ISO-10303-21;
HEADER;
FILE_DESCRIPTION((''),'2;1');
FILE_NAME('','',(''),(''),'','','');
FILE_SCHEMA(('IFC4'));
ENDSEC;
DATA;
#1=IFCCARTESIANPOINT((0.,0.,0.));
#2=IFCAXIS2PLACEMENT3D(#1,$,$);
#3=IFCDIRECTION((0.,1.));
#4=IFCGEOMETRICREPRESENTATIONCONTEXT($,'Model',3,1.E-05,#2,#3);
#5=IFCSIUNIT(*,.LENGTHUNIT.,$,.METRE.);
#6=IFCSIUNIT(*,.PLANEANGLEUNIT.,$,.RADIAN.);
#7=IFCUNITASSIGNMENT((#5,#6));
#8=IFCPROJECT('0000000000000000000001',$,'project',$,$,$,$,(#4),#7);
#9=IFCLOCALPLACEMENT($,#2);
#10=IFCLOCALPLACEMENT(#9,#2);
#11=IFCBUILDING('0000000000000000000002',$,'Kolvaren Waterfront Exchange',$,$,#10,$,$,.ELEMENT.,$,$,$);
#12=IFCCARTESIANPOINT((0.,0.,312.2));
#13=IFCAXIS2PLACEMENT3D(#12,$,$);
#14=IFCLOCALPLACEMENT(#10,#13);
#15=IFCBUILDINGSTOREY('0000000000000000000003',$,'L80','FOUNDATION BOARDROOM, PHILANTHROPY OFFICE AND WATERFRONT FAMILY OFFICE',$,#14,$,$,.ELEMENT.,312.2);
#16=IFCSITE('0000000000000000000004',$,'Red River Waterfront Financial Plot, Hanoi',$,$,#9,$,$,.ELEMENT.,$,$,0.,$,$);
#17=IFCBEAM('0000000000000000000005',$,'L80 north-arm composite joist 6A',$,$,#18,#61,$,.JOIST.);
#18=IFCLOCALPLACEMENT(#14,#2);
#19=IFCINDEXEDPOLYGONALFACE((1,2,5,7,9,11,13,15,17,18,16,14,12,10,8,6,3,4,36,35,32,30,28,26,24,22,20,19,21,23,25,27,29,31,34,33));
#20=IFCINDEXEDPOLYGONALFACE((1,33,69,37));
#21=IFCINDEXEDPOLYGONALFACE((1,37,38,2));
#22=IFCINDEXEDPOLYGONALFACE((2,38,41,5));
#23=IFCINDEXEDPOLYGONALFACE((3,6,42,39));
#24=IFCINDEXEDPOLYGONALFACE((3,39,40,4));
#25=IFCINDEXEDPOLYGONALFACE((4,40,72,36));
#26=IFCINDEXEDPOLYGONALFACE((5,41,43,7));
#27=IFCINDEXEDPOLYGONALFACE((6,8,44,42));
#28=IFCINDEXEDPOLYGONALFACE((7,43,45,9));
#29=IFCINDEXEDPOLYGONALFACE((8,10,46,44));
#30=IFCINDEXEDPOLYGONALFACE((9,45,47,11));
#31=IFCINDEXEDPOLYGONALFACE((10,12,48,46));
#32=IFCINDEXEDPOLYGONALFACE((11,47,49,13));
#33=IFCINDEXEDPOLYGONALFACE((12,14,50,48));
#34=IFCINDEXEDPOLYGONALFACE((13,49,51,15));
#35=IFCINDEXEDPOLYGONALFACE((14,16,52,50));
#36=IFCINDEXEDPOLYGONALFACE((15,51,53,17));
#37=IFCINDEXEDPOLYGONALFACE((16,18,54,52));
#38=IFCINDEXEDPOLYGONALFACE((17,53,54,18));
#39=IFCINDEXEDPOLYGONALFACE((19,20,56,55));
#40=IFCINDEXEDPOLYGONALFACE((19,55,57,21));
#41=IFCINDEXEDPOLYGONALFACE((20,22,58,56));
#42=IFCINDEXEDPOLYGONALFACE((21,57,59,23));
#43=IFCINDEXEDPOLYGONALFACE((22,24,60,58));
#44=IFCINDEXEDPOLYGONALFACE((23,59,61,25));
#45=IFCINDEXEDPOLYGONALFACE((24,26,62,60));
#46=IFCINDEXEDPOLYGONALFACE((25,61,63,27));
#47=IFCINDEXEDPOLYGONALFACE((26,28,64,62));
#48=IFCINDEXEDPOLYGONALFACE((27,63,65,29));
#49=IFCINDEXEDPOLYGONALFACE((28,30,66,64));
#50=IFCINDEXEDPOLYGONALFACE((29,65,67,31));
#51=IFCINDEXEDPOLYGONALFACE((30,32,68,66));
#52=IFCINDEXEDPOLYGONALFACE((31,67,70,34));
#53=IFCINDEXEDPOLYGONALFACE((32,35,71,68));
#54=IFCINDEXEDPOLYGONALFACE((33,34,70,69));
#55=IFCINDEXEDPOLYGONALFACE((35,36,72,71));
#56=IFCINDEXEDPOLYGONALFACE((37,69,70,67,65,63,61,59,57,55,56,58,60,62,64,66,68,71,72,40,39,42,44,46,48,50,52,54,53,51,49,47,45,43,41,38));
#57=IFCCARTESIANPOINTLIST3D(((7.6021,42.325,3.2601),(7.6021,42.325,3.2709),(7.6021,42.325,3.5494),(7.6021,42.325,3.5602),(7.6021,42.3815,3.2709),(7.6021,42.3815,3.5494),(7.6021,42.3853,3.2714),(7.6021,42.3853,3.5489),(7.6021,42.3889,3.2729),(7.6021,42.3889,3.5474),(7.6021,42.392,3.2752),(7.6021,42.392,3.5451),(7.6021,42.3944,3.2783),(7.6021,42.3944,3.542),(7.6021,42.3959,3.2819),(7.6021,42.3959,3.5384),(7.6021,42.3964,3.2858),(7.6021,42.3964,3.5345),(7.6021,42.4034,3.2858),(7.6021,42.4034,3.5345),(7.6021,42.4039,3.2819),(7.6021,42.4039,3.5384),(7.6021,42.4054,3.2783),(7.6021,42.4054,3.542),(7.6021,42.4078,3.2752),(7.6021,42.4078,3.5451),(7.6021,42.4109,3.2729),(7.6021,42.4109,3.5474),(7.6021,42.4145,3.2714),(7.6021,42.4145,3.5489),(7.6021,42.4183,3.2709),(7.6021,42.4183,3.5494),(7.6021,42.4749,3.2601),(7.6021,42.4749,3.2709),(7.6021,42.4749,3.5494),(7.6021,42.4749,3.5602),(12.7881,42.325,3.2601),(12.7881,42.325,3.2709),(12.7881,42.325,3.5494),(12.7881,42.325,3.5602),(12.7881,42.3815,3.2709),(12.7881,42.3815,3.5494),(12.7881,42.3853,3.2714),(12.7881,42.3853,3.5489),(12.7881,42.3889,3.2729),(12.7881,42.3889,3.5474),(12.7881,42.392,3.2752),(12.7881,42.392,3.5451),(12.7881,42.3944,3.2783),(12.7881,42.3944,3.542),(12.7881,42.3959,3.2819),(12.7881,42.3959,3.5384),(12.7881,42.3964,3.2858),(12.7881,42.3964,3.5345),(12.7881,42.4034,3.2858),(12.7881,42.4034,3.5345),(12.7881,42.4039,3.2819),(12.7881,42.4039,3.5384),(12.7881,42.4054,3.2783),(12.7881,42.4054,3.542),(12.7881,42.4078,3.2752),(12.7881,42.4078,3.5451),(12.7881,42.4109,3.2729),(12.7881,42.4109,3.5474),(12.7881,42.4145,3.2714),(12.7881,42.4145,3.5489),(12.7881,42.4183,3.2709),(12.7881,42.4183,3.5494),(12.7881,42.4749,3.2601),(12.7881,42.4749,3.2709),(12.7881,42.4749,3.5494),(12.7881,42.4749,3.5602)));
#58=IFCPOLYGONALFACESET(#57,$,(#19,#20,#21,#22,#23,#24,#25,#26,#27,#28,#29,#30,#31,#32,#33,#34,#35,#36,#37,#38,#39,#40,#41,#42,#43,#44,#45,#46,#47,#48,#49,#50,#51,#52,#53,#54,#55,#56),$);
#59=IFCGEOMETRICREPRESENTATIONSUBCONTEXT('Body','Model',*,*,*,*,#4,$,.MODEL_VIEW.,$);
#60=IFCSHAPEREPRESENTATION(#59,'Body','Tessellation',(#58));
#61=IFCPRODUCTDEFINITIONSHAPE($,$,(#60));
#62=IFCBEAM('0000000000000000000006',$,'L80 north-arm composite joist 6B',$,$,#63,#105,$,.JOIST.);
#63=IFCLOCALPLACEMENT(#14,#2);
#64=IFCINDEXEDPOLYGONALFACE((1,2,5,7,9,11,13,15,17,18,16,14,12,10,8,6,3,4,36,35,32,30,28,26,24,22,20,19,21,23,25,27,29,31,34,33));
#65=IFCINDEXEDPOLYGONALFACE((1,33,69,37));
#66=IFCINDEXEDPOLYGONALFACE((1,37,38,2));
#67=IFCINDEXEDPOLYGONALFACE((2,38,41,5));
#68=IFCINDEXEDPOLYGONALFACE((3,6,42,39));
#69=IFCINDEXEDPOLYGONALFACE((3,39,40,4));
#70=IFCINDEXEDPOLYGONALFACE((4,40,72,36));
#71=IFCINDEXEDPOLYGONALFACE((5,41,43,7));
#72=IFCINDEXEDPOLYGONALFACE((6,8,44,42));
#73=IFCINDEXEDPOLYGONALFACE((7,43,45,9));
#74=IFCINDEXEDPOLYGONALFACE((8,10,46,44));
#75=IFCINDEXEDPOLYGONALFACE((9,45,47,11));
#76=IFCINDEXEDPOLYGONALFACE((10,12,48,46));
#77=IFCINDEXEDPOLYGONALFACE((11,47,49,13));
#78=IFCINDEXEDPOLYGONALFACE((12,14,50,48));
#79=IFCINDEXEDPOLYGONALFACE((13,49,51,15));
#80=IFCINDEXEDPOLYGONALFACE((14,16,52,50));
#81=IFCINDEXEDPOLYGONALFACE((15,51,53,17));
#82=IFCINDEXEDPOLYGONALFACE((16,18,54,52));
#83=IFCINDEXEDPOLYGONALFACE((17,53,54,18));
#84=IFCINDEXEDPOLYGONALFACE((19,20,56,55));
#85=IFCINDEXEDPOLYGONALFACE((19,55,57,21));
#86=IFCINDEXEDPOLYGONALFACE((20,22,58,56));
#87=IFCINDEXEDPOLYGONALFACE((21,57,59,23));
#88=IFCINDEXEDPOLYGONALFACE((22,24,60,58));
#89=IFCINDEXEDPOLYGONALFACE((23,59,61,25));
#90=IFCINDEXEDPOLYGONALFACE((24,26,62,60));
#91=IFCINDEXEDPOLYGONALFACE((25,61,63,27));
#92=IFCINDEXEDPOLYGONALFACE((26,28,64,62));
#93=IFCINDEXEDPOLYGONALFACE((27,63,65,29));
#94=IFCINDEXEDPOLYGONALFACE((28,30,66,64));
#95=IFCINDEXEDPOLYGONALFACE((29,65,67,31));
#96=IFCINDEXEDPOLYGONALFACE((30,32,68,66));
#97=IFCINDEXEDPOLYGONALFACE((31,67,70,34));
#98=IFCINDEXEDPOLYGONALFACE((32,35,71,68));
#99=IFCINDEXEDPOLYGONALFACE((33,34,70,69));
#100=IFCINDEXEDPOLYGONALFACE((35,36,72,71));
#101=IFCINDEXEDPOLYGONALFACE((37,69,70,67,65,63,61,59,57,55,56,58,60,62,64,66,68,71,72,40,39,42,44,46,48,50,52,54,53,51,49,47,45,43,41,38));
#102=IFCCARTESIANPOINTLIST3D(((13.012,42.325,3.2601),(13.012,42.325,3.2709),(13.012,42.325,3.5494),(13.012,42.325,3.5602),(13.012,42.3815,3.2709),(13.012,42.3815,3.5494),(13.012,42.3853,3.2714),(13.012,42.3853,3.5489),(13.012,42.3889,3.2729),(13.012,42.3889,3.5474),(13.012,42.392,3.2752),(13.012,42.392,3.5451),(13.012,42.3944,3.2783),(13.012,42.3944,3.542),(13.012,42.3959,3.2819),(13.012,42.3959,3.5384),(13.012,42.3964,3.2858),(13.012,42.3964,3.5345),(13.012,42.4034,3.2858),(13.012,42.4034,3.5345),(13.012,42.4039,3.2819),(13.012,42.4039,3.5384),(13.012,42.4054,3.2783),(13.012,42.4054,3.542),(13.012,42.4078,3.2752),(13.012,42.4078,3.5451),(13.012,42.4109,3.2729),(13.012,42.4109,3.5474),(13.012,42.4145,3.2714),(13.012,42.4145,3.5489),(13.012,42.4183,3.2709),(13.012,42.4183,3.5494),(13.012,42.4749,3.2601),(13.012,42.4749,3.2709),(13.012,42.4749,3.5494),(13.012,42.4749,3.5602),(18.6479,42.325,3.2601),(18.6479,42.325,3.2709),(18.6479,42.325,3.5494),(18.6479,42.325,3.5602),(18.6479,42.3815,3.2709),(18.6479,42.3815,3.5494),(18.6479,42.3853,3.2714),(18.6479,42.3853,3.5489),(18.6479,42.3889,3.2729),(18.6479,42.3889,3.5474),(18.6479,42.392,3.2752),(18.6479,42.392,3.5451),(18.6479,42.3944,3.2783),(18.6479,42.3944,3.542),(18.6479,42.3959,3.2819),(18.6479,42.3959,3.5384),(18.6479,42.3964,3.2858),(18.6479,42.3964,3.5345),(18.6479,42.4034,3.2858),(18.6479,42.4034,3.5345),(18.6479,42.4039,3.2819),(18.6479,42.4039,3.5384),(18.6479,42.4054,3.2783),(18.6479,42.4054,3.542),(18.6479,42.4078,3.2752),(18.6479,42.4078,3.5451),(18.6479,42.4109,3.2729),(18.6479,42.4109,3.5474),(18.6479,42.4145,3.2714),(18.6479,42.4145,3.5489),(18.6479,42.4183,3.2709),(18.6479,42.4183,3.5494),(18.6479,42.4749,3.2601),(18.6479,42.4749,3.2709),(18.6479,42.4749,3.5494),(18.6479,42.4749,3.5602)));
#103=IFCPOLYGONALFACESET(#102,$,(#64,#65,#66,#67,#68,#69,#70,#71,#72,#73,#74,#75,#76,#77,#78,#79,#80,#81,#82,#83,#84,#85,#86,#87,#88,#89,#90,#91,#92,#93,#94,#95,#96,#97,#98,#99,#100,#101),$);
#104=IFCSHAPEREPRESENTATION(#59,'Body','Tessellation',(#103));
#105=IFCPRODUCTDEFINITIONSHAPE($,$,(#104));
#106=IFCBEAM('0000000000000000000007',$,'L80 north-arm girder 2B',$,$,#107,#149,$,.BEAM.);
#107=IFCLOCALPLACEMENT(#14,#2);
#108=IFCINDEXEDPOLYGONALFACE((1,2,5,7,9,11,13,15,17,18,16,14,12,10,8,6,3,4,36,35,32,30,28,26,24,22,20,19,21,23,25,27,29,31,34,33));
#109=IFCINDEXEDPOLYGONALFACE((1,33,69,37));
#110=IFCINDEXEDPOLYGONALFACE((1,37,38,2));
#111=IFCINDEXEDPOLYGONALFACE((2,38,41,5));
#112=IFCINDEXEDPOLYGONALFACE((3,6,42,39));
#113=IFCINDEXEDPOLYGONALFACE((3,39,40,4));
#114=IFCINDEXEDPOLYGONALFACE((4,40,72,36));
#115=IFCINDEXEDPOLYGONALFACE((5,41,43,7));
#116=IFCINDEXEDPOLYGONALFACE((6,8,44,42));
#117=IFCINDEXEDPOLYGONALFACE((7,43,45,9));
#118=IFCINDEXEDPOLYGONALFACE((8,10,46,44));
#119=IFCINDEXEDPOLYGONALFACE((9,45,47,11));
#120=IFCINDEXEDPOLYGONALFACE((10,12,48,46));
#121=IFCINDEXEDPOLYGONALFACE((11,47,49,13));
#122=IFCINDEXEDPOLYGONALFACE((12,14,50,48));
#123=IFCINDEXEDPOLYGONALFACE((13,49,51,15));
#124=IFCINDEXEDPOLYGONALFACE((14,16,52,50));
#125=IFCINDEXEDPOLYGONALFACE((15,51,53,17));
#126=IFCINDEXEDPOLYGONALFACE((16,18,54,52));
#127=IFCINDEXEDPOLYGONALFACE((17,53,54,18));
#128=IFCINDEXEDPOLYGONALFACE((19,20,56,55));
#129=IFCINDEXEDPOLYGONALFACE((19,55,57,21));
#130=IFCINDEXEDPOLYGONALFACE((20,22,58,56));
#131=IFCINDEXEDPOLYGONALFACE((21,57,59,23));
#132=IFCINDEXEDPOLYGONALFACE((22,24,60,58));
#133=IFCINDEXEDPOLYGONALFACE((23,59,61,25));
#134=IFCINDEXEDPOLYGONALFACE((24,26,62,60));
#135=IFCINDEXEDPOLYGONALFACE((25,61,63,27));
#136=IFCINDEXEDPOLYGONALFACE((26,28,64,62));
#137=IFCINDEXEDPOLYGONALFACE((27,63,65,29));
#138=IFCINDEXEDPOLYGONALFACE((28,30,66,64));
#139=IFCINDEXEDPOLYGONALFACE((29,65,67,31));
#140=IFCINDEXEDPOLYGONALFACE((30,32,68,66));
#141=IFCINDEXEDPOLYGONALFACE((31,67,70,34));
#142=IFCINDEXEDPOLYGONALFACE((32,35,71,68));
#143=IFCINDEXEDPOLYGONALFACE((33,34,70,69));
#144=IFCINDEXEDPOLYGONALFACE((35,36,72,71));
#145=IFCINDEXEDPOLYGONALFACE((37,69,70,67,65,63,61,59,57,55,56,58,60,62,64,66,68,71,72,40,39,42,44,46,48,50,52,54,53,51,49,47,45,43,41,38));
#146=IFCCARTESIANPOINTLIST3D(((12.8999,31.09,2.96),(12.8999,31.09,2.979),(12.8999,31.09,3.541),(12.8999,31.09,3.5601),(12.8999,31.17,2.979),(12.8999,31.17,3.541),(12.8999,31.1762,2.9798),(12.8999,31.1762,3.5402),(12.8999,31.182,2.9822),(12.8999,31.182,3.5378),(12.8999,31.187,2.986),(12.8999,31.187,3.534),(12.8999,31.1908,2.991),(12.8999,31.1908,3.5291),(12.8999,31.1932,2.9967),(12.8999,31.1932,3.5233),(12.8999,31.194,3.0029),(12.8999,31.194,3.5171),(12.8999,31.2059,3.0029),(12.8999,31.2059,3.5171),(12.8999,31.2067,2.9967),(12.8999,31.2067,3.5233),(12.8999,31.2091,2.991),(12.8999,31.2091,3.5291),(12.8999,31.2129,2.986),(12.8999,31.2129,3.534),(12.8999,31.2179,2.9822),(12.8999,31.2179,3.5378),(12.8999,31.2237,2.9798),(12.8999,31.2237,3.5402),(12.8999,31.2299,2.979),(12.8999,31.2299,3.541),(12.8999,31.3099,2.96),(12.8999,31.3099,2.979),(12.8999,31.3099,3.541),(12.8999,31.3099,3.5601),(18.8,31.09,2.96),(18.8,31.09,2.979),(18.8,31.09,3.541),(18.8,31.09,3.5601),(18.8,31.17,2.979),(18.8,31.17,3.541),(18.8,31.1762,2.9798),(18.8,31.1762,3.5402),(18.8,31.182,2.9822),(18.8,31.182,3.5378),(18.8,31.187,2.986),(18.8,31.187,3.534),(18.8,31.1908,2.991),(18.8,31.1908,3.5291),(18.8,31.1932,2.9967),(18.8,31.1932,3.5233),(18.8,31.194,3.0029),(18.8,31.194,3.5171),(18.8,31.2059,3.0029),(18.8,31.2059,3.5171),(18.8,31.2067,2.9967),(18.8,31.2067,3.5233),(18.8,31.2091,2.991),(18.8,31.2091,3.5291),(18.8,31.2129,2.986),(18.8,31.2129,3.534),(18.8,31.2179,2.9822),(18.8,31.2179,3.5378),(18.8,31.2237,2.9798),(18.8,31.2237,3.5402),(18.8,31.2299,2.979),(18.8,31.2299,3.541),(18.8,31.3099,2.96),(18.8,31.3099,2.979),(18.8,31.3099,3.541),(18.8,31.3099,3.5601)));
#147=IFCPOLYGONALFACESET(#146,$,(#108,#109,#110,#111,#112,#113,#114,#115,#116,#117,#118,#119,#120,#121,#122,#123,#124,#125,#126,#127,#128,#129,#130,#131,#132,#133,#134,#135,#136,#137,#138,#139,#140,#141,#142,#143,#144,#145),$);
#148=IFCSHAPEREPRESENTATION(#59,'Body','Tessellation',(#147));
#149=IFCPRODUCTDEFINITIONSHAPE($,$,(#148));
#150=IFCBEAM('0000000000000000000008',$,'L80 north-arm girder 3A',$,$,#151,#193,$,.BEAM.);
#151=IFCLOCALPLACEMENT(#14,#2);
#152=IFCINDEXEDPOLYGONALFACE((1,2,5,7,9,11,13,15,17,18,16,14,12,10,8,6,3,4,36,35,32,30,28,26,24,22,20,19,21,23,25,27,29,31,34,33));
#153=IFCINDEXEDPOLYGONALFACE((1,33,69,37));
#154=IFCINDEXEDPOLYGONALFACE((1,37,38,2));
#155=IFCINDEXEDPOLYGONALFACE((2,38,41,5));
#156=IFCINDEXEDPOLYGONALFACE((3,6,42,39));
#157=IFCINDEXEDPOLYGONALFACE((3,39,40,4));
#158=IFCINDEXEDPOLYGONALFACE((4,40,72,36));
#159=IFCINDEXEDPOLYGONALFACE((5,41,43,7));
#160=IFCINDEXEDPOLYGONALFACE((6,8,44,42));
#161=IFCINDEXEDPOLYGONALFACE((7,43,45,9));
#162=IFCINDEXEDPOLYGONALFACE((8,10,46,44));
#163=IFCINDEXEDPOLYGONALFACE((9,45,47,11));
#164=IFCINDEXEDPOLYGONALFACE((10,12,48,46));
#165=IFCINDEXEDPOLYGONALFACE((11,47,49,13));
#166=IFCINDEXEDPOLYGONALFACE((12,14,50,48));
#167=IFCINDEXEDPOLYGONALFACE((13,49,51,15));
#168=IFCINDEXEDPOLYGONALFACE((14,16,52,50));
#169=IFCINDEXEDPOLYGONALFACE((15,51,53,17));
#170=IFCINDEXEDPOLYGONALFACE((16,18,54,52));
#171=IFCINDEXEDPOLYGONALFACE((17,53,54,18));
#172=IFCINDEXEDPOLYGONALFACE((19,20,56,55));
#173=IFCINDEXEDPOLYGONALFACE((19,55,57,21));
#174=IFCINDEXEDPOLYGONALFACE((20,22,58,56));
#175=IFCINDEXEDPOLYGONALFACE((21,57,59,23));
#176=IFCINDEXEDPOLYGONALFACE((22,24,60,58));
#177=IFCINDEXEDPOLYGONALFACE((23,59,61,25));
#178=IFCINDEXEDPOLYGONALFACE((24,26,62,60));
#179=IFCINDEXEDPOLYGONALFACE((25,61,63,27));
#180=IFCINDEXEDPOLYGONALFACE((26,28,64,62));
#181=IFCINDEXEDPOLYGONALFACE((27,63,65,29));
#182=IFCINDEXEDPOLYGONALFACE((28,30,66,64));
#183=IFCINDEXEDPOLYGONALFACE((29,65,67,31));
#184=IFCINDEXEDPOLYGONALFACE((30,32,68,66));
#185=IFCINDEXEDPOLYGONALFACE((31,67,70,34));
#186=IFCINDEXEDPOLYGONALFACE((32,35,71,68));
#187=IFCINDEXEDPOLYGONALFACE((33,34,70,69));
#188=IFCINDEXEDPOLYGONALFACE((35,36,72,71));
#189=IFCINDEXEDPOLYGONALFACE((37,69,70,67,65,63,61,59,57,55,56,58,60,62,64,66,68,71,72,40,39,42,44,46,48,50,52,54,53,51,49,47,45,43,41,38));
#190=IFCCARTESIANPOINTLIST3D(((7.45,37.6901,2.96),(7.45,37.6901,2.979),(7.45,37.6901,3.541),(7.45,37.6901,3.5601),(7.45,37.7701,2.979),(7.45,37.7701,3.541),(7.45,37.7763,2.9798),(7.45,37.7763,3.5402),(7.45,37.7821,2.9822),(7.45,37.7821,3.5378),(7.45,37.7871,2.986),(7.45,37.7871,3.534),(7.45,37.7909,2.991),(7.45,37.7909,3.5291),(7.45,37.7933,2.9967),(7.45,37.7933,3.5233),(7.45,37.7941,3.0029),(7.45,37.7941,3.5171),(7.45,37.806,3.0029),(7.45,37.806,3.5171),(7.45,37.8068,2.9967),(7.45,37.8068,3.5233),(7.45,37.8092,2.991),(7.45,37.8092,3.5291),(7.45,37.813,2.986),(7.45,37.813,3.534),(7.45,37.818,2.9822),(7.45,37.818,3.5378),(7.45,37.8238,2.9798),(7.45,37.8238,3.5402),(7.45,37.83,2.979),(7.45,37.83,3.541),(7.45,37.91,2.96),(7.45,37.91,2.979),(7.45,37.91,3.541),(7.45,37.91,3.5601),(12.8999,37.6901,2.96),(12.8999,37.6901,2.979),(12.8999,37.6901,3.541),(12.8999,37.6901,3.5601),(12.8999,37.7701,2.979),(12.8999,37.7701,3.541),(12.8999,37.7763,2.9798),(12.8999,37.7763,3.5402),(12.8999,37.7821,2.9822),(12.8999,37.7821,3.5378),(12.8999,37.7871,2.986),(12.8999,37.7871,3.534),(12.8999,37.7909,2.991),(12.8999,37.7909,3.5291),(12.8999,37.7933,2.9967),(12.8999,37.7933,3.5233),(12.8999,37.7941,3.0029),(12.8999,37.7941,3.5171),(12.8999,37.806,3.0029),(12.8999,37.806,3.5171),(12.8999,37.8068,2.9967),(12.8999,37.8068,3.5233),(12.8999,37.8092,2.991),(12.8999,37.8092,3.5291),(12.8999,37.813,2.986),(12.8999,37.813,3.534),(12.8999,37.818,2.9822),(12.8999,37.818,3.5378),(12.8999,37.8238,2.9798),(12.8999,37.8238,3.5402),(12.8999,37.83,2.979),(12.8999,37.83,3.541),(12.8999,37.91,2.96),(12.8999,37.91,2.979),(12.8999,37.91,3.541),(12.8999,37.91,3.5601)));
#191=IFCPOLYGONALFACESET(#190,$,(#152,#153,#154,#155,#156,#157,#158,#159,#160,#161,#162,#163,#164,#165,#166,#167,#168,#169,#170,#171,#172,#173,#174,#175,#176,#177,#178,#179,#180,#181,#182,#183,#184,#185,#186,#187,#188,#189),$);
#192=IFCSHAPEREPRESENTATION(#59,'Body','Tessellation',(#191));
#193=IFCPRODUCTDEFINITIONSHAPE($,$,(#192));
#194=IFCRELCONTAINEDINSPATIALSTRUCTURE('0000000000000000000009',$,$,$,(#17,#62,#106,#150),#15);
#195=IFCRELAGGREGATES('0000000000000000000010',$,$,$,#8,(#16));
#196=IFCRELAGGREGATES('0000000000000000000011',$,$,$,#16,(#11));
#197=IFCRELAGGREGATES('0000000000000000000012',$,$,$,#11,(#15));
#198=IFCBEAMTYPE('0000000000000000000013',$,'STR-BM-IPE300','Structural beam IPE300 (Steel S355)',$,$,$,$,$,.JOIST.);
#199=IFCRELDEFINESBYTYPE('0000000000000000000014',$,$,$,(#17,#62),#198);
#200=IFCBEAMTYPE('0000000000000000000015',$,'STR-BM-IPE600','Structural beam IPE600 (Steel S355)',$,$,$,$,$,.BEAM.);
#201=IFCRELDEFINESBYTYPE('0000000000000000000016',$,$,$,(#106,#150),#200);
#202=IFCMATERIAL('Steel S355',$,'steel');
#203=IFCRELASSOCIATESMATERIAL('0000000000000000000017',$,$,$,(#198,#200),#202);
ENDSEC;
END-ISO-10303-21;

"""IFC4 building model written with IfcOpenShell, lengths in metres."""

from ifc_helpers import new_model, si_unit, direction, frame, origin, origin_2d, place, context, subcontext, project, spatial, i_section, extrude, material, material_profile, profile_set, type_object, element, save


model = new_model("IFC4")

# Units and contexts
model_context = context("Model", 3, precision=1e-05, world=origin(), true_north=direction((0.0, 1.0)))
body_context = subcontext(model_context, "Body", "Model", "MODEL_VIEW")
ifc_project = project(units=[si_unit("LENGTHUNIT", "METRE"), si_unit("PLANEANGLEUNIT", "RADIAN")], contexts=[model_context])

# Site, building, storey
site_placement = place(None, origin())
site = spatial("IfcSite", under=ifc_project, at=site_placement, Name="Red River Waterfront Financial Plot, Hanoi", CompositionType="ELEMENT", RefElevation=0.0)
building_placement = place(site_placement, origin())
building = spatial("IfcBuilding", under=site, at=building_placement, Name="Kolvaren Waterfront Exchange", CompositionType="ELEMENT")
storey_placement = place(building_placement, frame((0.0, 0.0, 312.2)))
storey = spatial("IfcBuildingStorey", under=building, at=storey_placement, Name="L80", Description="FOUNDATION BOARDROOM, PHILANTHROPY OFFICE AND WATERFRONT FAMILY OFFICE", CompositionType="ELEMENT", Elevation=312.2)

# Beams
ifc_material_1 = material(Name="Steel S355", Category="steel")
ifc_material_profile_1 = material_profile(ifc_material_1, i_section(OverallWidth=0.1499, OverallDepth=0.3, WebThickness=0.0071, FlangeThickness=0.0107, FilletRadius=0.0149, at=origin_2d()), Name="IPE300")
ifc_profile_set_1 = profile_set([ifc_material_profile_1], Name="Steel S355")
beam_type_1 = type_object("IfcBeamType", Name="STR-BM-IPE300", Description="Structural beam IPE300 (Steel S355)", PredefinedType="JOIST", material=ifc_profile_set_1)
beam_1_placement = place(storey_placement, frame((7.6021, 42.3999, 3.4102), z_axis=(1.0, 0.0, 0.0), x_axis=(0.0, 1.0, 0.0)))
element("IfcBeam", 1, at=beam_1_placement, inside=storey, type_object=beam_type_1, Name="L80 north-arm composite joist 6A", PredefinedType="JOIST", context=body_context, shape_type="SweptSolid", body=[
    extrude(i_section(OverallWidth=0.1499, OverallDepth=0.3, WebThickness=0.0071, FlangeThickness=0.0107, FilletRadius=0.0149, at=origin_2d()), origin(), (0.0, 0.0, 1.0), 5.186),
])
beam_2_placement = place(storey_placement, frame((13.012, 42.3999, 3.4102), z_axis=(1.0, 0.0, 0.0), x_axis=(0.0, 1.0, 0.0)))
element("IfcBeam", 2, at=beam_2_placement, inside=storey, type_object=beam_type_1, Name="L80 north-arm composite joist 6B", PredefinedType="JOIST", context=body_context, shape_type="SweptSolid", body=[
    extrude(i_section(OverallWidth=0.1499, OverallDepth=0.3, WebThickness=0.0071, FlangeThickness=0.0107, FilletRadius=0.0149, at=origin_2d()), origin(), (0.0, 0.0, 1.0), 5.636),
])
ifc_material_profile_2 = material_profile(ifc_material_1, i_section(OverallWidth=0.22, OverallDepth=0.6001, WebThickness=0.012, FlangeThickness=0.019, FilletRadius=0.0239, at=origin_2d()), Name="IPE600")
ifc_profile_set_2 = profile_set([ifc_material_profile_2], Name="Steel S355")
beam_type_2 = type_object("IfcBeamType", Name="STR-BM-IPE600", Description="Structural beam IPE600 (Steel S355)", PredefinedType="BEAM", material=ifc_profile_set_2)
beam_3_placement = place(storey_placement, frame((12.8999, 31.2, 3.26), z_axis=(1.0, 0.0, 0.0), x_axis=(0.0, 1.0, 0.0)))
element("IfcBeam", 3, at=beam_3_placement, inside=storey, type_object=beam_type_2, Name="L80 north-arm girder 2B", PredefinedType="BEAM", context=body_context, shape_type="SweptSolid", body=[
    extrude(i_section(OverallWidth=0.22, OverallDepth=0.6001, WebThickness=0.012, FlangeThickness=0.019, FilletRadius=0.0239, at=origin_2d()), origin(), (0.0, 0.0, 1.0), 5.9001),
])
beam_4_placement = place(storey_placement, frame((7.45, 37.8, 3.26), z_axis=(1.0, 0.0, 0.0), x_axis=(0.0, 1.0, 0.0)))
element("IfcBeam", 4, at=beam_4_placement, inside=storey, type_object=beam_type_2, Name="L80 north-arm girder 3A", PredefinedType="BEAM", context=body_context, shape_type="SweptSolid", body=[
    extrude(i_section(OverallWidth=0.22, OverallDepth=0.6001, WebThickness=0.012, FlangeThickness=0.019, FilletRadius=0.0239, at=origin_2d()), origin(), (0.0, 0.0, 1.0), 5.45),
])

save(model, "model.ifc")
